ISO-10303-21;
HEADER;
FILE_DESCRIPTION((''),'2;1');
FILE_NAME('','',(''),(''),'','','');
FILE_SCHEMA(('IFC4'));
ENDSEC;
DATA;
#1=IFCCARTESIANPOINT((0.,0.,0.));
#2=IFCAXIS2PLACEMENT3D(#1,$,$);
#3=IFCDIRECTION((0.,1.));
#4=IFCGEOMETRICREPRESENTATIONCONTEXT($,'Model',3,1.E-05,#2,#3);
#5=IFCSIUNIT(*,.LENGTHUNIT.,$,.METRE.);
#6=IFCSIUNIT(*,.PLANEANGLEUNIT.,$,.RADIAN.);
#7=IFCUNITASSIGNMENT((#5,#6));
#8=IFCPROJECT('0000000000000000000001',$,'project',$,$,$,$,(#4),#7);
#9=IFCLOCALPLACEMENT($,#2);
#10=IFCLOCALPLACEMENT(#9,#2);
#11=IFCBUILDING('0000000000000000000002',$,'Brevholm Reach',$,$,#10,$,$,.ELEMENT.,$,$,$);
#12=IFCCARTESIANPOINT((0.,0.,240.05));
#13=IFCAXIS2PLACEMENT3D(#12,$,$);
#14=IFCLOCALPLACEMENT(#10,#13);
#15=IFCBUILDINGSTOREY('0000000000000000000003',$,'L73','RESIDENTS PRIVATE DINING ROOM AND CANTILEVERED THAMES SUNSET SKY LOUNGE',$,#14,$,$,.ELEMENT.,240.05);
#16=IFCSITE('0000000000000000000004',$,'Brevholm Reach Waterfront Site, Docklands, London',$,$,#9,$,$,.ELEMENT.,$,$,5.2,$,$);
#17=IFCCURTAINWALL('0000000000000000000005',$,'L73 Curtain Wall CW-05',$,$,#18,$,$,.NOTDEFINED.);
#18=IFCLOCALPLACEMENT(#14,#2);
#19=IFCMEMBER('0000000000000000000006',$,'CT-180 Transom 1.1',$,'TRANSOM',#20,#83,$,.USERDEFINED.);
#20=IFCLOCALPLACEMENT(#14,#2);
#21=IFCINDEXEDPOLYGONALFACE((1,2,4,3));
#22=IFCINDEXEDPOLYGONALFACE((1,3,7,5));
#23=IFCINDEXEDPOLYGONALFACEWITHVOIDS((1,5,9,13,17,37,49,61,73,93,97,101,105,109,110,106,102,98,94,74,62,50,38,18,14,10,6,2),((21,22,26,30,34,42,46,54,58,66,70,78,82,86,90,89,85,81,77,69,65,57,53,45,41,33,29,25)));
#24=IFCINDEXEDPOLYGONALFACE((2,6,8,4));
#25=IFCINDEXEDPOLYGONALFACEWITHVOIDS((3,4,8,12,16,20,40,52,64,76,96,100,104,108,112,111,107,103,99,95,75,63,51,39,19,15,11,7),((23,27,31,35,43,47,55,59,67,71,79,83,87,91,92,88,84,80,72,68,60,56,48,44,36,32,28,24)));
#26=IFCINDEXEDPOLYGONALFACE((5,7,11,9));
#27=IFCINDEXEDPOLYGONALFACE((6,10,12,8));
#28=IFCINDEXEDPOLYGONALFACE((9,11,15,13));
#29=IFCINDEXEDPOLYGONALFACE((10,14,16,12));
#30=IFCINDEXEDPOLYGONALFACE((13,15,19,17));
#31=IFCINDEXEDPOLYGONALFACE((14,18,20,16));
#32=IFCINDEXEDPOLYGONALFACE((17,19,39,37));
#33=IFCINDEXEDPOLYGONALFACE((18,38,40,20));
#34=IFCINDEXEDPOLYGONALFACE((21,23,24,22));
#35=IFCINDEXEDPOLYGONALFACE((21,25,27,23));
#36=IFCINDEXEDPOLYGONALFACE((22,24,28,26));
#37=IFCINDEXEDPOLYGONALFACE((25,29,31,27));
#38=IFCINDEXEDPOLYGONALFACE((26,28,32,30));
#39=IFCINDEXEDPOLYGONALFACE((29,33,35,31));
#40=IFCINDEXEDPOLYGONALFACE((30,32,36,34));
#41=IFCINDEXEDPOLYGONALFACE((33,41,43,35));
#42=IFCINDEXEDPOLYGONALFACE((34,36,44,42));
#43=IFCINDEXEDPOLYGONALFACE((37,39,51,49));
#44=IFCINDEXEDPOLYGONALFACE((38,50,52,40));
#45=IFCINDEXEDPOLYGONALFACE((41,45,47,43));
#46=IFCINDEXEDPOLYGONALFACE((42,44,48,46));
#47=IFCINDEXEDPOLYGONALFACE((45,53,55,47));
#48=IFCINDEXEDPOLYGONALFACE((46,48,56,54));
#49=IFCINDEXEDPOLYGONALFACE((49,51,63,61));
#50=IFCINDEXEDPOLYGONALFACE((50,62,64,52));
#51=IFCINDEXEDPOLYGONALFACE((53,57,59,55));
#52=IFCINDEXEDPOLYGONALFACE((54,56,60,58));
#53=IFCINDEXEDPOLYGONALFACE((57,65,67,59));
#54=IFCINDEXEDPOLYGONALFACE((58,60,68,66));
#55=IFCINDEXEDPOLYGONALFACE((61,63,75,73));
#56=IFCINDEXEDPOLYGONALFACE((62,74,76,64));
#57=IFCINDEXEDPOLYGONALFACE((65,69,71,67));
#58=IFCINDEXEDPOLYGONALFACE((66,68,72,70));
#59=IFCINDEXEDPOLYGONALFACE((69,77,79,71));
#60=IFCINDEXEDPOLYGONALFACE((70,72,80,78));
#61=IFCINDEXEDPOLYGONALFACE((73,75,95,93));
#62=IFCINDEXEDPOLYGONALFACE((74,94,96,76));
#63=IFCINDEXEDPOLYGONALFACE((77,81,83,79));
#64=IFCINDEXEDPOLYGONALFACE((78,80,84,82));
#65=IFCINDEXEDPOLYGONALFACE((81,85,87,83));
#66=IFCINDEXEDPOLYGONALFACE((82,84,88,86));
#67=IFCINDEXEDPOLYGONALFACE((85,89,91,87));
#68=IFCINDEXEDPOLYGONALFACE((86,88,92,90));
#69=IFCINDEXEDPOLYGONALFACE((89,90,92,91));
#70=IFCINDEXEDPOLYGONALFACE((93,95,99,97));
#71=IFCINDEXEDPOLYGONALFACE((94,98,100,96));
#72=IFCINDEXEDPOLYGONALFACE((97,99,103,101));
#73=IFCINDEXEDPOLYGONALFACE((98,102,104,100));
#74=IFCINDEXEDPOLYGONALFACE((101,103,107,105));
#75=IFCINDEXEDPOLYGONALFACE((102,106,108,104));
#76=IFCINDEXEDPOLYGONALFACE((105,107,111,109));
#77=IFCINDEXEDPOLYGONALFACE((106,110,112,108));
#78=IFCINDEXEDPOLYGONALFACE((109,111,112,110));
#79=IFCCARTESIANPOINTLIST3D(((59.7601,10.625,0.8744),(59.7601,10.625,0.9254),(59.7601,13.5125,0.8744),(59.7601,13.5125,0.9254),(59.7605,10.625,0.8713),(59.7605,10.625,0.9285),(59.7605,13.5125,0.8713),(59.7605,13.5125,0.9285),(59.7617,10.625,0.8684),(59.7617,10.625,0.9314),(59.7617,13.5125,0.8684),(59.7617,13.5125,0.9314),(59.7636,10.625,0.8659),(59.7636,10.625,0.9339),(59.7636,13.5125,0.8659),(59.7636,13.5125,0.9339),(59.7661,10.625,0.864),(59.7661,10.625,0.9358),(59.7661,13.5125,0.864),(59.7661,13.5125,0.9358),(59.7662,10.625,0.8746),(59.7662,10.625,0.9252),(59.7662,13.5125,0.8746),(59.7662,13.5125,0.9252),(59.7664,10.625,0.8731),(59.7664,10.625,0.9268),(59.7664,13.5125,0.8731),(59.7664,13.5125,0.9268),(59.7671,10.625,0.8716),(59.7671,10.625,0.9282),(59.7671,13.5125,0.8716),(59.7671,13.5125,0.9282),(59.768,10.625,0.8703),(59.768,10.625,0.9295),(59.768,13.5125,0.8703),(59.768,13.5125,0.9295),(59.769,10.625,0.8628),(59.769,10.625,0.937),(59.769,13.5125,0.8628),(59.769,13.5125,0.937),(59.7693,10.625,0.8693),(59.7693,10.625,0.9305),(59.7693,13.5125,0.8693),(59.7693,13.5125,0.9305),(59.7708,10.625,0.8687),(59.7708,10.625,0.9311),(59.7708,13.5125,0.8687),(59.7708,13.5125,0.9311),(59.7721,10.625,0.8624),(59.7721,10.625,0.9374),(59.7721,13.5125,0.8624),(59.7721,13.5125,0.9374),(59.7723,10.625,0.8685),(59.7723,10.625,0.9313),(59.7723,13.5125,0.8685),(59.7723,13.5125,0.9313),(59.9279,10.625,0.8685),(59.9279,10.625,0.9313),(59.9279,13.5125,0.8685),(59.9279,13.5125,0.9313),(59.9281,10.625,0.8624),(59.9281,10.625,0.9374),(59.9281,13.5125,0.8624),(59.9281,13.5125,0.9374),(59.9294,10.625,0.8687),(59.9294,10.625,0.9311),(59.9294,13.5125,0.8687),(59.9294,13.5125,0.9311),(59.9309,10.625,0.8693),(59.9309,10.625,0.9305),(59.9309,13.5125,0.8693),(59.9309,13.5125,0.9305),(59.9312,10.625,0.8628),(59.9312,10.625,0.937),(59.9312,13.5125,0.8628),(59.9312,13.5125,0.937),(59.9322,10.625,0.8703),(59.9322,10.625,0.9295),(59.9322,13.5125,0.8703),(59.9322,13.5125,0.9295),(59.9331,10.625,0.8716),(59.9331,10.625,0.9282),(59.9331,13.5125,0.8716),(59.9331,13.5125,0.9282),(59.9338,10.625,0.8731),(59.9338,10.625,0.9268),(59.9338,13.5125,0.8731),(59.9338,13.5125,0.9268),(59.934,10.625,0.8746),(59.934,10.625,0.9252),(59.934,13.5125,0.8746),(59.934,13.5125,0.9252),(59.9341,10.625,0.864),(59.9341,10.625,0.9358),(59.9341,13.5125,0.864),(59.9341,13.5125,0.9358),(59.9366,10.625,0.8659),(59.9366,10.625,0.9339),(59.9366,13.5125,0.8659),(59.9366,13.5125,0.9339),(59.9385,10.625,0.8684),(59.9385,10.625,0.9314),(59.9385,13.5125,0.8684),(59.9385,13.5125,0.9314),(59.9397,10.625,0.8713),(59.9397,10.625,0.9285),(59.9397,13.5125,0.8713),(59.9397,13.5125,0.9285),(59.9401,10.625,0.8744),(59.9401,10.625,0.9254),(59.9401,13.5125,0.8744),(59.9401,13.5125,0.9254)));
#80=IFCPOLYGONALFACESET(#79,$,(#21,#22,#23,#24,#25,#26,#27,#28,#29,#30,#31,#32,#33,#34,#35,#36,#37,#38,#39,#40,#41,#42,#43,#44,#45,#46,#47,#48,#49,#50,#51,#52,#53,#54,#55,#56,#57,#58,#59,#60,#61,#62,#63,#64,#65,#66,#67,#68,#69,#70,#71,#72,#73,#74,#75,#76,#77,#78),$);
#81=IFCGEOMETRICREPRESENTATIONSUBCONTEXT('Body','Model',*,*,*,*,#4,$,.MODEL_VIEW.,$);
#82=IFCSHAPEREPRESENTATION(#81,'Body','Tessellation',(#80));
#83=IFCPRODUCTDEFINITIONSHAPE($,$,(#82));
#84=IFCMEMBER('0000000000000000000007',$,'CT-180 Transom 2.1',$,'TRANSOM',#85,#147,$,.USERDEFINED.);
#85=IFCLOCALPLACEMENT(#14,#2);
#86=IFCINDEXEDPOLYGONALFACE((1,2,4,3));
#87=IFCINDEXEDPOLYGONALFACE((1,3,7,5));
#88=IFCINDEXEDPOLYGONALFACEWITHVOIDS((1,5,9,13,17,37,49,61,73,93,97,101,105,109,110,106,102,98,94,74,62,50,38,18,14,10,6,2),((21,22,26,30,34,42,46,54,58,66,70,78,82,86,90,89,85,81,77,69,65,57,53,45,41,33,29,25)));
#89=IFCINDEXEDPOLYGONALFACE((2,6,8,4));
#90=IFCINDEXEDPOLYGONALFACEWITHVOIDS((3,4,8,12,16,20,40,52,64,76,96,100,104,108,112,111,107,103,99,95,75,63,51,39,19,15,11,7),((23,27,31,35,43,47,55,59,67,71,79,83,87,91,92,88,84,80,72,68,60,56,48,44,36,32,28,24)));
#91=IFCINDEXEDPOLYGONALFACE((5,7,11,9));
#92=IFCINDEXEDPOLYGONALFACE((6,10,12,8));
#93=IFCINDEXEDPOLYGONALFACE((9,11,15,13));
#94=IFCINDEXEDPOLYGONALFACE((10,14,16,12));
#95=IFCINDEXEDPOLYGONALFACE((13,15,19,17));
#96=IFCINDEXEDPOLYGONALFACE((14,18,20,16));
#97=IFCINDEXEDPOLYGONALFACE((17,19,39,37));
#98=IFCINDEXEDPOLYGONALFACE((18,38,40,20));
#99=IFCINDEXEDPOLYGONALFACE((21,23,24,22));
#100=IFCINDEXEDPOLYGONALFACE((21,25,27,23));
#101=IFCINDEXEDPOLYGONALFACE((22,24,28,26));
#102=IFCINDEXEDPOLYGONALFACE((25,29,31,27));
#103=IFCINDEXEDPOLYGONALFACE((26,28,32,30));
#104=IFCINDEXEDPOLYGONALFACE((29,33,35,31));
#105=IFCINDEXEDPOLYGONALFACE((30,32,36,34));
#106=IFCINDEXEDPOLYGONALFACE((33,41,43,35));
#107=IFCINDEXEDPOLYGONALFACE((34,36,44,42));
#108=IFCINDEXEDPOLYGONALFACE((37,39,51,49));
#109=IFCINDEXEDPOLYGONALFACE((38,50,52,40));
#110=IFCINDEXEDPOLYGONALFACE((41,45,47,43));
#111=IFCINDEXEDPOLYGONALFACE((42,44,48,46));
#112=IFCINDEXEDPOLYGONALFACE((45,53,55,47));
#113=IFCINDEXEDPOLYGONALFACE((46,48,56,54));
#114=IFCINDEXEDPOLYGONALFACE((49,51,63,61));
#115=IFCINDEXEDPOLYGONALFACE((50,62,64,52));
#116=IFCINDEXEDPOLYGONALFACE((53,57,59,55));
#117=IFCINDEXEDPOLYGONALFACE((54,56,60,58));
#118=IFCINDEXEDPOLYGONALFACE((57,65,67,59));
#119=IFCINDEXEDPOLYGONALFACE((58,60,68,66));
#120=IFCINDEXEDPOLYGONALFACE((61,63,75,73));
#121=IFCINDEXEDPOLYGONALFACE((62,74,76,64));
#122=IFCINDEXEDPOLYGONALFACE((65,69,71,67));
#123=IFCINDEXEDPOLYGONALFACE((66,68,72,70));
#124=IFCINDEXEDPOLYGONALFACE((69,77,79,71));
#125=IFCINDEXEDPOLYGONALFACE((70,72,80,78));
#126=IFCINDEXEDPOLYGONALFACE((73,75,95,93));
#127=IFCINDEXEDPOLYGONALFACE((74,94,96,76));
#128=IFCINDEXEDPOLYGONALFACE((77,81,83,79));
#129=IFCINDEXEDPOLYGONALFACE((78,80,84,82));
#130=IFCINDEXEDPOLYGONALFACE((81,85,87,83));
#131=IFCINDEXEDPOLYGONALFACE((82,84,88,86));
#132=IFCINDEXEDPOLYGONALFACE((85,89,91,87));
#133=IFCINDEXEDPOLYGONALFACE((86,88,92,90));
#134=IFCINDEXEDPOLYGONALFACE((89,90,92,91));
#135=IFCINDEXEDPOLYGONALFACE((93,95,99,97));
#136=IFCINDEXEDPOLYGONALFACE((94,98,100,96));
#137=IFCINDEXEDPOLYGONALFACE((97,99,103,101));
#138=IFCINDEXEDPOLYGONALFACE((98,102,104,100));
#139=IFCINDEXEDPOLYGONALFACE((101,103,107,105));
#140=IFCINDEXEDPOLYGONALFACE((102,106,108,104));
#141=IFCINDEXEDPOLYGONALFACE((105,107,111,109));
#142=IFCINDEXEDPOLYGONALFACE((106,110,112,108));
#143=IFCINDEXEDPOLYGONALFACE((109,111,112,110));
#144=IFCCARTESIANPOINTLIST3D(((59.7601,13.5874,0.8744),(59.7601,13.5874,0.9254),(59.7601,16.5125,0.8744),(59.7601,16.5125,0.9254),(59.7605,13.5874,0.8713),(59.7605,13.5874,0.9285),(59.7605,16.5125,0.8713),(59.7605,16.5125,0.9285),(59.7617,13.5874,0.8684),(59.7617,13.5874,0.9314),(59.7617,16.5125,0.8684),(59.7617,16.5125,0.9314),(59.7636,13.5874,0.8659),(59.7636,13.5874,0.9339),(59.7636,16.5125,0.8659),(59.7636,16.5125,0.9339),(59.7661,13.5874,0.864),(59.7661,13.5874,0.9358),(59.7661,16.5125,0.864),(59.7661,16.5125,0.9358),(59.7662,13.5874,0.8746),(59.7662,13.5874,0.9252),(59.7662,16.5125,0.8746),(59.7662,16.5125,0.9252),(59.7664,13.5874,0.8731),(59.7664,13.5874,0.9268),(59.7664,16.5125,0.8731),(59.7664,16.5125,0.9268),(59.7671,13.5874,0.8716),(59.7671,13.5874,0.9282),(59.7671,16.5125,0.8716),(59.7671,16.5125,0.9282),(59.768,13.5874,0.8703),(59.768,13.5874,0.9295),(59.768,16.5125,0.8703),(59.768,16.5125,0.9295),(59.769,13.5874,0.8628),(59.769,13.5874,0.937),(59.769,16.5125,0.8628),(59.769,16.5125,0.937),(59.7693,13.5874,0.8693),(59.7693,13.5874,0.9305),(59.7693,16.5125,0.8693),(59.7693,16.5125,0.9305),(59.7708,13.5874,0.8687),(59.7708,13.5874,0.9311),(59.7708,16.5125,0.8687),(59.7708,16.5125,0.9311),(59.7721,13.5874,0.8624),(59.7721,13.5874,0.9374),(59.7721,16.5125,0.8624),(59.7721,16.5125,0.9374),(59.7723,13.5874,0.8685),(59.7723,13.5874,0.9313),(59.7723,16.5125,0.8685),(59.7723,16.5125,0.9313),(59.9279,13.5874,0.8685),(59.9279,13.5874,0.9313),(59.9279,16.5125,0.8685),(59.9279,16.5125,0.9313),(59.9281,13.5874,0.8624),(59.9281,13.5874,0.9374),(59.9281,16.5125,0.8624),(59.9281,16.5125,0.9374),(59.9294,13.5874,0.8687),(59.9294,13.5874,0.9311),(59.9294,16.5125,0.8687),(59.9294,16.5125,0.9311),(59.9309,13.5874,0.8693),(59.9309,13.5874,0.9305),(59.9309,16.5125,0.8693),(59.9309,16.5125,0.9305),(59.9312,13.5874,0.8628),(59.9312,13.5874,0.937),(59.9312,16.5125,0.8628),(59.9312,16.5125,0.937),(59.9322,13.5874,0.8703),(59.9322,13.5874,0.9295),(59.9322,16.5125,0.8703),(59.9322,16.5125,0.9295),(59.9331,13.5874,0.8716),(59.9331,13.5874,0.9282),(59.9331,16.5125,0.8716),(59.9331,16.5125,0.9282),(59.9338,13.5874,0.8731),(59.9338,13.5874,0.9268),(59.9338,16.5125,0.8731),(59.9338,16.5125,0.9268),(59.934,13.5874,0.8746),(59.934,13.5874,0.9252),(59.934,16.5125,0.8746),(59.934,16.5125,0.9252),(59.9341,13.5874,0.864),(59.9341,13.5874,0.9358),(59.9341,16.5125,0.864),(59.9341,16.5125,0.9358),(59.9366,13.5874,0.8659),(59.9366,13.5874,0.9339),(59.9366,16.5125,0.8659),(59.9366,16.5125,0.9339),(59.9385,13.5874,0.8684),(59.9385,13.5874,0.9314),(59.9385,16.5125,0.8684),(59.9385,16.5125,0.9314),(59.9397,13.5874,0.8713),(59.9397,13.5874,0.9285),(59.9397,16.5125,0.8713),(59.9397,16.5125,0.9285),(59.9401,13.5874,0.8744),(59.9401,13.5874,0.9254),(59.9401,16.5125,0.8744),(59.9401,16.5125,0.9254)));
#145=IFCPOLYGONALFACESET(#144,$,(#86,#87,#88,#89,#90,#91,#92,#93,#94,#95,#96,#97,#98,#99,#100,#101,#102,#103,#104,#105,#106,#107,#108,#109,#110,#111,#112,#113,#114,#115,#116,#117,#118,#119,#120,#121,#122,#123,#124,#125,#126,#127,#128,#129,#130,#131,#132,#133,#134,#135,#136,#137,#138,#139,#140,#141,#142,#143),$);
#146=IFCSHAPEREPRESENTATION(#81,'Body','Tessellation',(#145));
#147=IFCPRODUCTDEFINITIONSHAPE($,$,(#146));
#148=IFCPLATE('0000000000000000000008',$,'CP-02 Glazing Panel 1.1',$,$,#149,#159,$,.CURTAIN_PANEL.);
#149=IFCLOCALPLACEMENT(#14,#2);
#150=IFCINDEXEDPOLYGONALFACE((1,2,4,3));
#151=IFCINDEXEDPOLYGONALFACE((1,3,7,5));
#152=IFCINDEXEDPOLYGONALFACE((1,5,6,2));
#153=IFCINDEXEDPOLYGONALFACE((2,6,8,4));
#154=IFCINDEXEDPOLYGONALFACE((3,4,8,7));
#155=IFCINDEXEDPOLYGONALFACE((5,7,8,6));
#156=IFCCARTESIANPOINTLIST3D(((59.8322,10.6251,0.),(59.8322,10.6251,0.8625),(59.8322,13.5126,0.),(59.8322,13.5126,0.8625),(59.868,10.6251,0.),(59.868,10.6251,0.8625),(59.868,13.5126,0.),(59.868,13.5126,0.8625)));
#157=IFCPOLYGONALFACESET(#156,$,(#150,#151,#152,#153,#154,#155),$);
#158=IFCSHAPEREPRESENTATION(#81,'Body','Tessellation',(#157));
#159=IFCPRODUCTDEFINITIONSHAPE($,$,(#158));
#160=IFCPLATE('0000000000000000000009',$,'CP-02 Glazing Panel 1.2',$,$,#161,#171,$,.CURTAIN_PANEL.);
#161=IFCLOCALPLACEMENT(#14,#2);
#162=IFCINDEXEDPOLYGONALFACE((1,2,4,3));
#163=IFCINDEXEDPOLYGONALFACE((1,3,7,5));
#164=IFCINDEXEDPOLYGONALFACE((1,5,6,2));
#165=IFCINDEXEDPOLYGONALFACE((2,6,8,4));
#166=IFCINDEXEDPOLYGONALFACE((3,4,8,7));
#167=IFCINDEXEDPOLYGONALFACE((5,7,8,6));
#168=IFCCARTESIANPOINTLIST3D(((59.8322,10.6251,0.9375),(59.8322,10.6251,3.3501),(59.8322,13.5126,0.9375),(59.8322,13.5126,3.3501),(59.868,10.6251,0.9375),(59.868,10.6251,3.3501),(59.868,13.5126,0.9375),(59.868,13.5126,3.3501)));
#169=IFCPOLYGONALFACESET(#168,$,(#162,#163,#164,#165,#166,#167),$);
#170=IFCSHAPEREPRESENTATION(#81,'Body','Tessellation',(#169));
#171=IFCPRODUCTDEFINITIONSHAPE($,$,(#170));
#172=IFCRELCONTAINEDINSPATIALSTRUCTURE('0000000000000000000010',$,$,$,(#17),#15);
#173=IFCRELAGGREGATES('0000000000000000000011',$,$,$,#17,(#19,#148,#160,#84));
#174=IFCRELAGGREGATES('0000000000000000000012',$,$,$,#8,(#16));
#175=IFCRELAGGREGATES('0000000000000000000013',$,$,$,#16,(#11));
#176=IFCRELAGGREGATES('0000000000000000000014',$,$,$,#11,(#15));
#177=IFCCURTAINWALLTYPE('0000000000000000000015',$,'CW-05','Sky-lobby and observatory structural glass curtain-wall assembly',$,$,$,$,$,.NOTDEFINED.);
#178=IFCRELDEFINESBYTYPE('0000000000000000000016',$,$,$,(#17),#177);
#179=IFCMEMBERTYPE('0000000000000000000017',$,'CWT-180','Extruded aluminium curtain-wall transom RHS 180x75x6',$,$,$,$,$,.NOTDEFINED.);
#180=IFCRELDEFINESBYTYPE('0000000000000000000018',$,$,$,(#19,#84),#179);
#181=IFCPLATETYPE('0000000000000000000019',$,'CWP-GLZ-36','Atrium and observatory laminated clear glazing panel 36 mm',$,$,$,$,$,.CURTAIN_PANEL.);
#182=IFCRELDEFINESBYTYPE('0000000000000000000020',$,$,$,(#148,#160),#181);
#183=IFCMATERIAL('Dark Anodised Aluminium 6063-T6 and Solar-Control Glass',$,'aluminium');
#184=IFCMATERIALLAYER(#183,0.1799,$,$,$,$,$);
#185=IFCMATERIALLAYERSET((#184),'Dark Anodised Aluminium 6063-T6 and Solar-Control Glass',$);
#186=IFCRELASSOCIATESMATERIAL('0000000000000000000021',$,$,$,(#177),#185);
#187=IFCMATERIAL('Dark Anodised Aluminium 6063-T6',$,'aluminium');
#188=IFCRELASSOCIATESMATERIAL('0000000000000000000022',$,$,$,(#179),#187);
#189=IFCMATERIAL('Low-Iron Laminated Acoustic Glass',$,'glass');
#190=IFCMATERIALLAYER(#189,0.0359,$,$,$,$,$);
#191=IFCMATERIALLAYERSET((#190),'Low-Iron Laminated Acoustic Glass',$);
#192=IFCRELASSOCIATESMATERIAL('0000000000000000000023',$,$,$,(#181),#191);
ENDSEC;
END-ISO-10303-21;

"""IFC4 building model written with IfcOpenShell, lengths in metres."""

from ifc_helpers import new_model, si_unit, direction, frame, origin, origin_2d, place, context, subcontext, project, spatial, rectangle, hollow_rectangle, extrude, material, layer, layer_set, material_profile, profile_set, type_object, element, aggregate, save


model = new_model("IFC4")

# Units and contexts
model_context = context("Model", 3, precision=1e-05, world=origin(), true_north=direction((0.0, 1.0)))
body_context = subcontext(model_context, "Body", "Model", "MODEL_VIEW")
ifc_project = project(units=[si_unit("LENGTHUNIT", "METRE"), si_unit("PLANEANGLEUNIT", "RADIAN")], contexts=[model_context])

# Site, building, storey
site_placement = place(None, origin())
site = spatial("IfcSite", under=ifc_project, at=site_placement, Name="Brevholm Reach Waterfront Site, Docklands, London", CompositionType="ELEMENT", RefElevation=5.2)
building_placement = place(site_placement, origin())
building = spatial("IfcBuilding", under=site, at=building_placement, Name="Brevholm Reach", CompositionType="ELEMENT")
storey_placement = place(building_placement, frame((0.0, 0.0, 240.05)))
storey = spatial("IfcBuildingStorey", under=building, at=storey_placement, Name="L73", Description="RESIDENTS PRIVATE DINING ROOM AND CANTILEVERED THAMES SUNSET SKY LOUNGE", CompositionType="ELEMENT", Elevation=240.05)

# Curtain wall, members, plates
ifc_material_1 = material(Name="Dark Anodised Aluminium 6063-T6 and Solar-Control Glass", Category="aluminium")
ifc_layer_1 = layer(ifc_material_1, 0.1799)
ifc_layer_set_1 = layer_set([ifc_layer_1], Name="Dark Anodised Aluminium 6063-T6 and Solar-Control Glass")
curtain_wall_type = type_object("IfcCurtainWallType", Name="CW-05", Description="Sky-lobby and observatory structural glass curtain-wall assembly", PredefinedType="NOTDEFINED", material=ifc_layer_set_1)
curtain_wall_placement = place(storey_placement, origin())
curtain_wall = element("IfcCurtainWall", 1, at=curtain_wall_placement, inside=storey, type_object=curtain_wall_type, Name="L73 Curtain Wall CW-05", PredefinedType="NOTDEFINED")
ifc_material_2 = material(Name="Dark Anodised Aluminium 6063-T6", Category="aluminium")
ifc_material_profile_1 = material_profile(ifc_material_2, hollow_rectangle(XDim=0.075, YDim=0.1799, WallThickness=0.0061, InnerFilletRadius=0.0061, OuterFilletRadius=0.012, at=origin_2d()), Name="RHS 180x75x6")
ifc_profile_set_1 = profile_set([ifc_material_profile_1], Name="Dark Anodised Aluminium 6063-T6")
member_type_1 = type_object("IfcMemberType", Name="CWT-180", Description="Extruded aluminium curtain-wall transom RHS 180x75x6", PredefinedType="NOTDEFINED", material=ifc_profile_set_1)
member_1_placement = place(storey_placement, frame((59.8501, 10.625, 0.8999), z_axis=(0.0, 1.0, 0.0), x_axis=(0.0, 0.0, 1.0)))
member_1 = element("IfcMember", 2, at=member_1_placement, type_object=member_type_1, Name="CT-180 Transom 1.1", ObjectType="TRANSOM", PredefinedType="USERDEFINED", context=body_context, shape_type="SweptSolid", body=[
    extrude(hollow_rectangle(XDim=0.075, YDim=0.1799, WallThickness=0.0061, InnerFilletRadius=0.0061, OuterFilletRadius=0.012, at=origin_2d()), origin(), (0.0, 0.0, 1.0), 2.8875),
])
member_2_placement = place(storey_placement, frame((59.8501, 13.5874, 0.8999), z_axis=(0.0, 1.0, 0.0), x_axis=(0.0, 0.0, 1.0)))
member_2 = element("IfcMember", 3, at=member_2_placement, type_object=member_type_1, Name="CT-180 Transom 2.1", ObjectType="TRANSOM", PredefinedType="USERDEFINED", context=body_context, shape_type="SweptSolid", body=[
    extrude(hollow_rectangle(XDim=0.075, YDim=0.1799, WallThickness=0.0061, InnerFilletRadius=0.0061, OuterFilletRadius=0.012, at=origin_2d()), origin(), (0.0, 0.0, 1.0), 2.925),
])
ifc_material_3 = material(Name="Low-Iron Laminated Acoustic Glass", Category="glass")
ifc_layer_2 = layer(ifc_material_3, 0.0359)
ifc_layer_set_2 = layer_set([ifc_layer_2], Name="Low-Iron Laminated Acoustic Glass")
plate_type = type_object("IfcPlateType", Name="CWP-GLZ-36", Description="Atrium and observatory laminated clear glazing panel 36 mm", PredefinedType="CURTAIN_PANEL", material=ifc_layer_set_2)
plate_1_placement = place(storey_placement, frame((59.8501, 12.0688, 0.0), z_axis=(0.0, 0.0, 1.0), x_axis=(0.0, 1.0, 0.0)))
plate_1 = element("IfcPlate", 4, at=plate_1_placement, type_object=plate_type, Name="CP-02 Glazing Panel 1.1", PredefinedType="CURTAIN_PANEL", context=body_context, shape_type="SweptSolid", body=[
    extrude(rectangle(XDim=2.8875, YDim=0.0359, at=origin_2d()), origin(), (0.0, 0.0, 1.0), 0.8625),
])
plate_2_placement = place(storey_placement, frame((59.8501, 12.0688, 0.9375), z_axis=(0.0, 0.0, 1.0), x_axis=(0.0, 1.0, 0.0)))
plate_2 = element("IfcPlate", 5, at=plate_2_placement, type_object=plate_type, Name="CP-02 Glazing Panel 1.2", PredefinedType="CURTAIN_PANEL", context=body_context, shape_type="SweptSolid", body=[
    extrude(rectangle(XDim=2.8875, YDim=0.0359, at=origin_2d()), origin(), (0.0, 0.0, 1.0), 2.4126),
])
aggregate(curtain_wall, [member_1, plate_1, plate_2, member_2])

save(model, "model.ifc")
